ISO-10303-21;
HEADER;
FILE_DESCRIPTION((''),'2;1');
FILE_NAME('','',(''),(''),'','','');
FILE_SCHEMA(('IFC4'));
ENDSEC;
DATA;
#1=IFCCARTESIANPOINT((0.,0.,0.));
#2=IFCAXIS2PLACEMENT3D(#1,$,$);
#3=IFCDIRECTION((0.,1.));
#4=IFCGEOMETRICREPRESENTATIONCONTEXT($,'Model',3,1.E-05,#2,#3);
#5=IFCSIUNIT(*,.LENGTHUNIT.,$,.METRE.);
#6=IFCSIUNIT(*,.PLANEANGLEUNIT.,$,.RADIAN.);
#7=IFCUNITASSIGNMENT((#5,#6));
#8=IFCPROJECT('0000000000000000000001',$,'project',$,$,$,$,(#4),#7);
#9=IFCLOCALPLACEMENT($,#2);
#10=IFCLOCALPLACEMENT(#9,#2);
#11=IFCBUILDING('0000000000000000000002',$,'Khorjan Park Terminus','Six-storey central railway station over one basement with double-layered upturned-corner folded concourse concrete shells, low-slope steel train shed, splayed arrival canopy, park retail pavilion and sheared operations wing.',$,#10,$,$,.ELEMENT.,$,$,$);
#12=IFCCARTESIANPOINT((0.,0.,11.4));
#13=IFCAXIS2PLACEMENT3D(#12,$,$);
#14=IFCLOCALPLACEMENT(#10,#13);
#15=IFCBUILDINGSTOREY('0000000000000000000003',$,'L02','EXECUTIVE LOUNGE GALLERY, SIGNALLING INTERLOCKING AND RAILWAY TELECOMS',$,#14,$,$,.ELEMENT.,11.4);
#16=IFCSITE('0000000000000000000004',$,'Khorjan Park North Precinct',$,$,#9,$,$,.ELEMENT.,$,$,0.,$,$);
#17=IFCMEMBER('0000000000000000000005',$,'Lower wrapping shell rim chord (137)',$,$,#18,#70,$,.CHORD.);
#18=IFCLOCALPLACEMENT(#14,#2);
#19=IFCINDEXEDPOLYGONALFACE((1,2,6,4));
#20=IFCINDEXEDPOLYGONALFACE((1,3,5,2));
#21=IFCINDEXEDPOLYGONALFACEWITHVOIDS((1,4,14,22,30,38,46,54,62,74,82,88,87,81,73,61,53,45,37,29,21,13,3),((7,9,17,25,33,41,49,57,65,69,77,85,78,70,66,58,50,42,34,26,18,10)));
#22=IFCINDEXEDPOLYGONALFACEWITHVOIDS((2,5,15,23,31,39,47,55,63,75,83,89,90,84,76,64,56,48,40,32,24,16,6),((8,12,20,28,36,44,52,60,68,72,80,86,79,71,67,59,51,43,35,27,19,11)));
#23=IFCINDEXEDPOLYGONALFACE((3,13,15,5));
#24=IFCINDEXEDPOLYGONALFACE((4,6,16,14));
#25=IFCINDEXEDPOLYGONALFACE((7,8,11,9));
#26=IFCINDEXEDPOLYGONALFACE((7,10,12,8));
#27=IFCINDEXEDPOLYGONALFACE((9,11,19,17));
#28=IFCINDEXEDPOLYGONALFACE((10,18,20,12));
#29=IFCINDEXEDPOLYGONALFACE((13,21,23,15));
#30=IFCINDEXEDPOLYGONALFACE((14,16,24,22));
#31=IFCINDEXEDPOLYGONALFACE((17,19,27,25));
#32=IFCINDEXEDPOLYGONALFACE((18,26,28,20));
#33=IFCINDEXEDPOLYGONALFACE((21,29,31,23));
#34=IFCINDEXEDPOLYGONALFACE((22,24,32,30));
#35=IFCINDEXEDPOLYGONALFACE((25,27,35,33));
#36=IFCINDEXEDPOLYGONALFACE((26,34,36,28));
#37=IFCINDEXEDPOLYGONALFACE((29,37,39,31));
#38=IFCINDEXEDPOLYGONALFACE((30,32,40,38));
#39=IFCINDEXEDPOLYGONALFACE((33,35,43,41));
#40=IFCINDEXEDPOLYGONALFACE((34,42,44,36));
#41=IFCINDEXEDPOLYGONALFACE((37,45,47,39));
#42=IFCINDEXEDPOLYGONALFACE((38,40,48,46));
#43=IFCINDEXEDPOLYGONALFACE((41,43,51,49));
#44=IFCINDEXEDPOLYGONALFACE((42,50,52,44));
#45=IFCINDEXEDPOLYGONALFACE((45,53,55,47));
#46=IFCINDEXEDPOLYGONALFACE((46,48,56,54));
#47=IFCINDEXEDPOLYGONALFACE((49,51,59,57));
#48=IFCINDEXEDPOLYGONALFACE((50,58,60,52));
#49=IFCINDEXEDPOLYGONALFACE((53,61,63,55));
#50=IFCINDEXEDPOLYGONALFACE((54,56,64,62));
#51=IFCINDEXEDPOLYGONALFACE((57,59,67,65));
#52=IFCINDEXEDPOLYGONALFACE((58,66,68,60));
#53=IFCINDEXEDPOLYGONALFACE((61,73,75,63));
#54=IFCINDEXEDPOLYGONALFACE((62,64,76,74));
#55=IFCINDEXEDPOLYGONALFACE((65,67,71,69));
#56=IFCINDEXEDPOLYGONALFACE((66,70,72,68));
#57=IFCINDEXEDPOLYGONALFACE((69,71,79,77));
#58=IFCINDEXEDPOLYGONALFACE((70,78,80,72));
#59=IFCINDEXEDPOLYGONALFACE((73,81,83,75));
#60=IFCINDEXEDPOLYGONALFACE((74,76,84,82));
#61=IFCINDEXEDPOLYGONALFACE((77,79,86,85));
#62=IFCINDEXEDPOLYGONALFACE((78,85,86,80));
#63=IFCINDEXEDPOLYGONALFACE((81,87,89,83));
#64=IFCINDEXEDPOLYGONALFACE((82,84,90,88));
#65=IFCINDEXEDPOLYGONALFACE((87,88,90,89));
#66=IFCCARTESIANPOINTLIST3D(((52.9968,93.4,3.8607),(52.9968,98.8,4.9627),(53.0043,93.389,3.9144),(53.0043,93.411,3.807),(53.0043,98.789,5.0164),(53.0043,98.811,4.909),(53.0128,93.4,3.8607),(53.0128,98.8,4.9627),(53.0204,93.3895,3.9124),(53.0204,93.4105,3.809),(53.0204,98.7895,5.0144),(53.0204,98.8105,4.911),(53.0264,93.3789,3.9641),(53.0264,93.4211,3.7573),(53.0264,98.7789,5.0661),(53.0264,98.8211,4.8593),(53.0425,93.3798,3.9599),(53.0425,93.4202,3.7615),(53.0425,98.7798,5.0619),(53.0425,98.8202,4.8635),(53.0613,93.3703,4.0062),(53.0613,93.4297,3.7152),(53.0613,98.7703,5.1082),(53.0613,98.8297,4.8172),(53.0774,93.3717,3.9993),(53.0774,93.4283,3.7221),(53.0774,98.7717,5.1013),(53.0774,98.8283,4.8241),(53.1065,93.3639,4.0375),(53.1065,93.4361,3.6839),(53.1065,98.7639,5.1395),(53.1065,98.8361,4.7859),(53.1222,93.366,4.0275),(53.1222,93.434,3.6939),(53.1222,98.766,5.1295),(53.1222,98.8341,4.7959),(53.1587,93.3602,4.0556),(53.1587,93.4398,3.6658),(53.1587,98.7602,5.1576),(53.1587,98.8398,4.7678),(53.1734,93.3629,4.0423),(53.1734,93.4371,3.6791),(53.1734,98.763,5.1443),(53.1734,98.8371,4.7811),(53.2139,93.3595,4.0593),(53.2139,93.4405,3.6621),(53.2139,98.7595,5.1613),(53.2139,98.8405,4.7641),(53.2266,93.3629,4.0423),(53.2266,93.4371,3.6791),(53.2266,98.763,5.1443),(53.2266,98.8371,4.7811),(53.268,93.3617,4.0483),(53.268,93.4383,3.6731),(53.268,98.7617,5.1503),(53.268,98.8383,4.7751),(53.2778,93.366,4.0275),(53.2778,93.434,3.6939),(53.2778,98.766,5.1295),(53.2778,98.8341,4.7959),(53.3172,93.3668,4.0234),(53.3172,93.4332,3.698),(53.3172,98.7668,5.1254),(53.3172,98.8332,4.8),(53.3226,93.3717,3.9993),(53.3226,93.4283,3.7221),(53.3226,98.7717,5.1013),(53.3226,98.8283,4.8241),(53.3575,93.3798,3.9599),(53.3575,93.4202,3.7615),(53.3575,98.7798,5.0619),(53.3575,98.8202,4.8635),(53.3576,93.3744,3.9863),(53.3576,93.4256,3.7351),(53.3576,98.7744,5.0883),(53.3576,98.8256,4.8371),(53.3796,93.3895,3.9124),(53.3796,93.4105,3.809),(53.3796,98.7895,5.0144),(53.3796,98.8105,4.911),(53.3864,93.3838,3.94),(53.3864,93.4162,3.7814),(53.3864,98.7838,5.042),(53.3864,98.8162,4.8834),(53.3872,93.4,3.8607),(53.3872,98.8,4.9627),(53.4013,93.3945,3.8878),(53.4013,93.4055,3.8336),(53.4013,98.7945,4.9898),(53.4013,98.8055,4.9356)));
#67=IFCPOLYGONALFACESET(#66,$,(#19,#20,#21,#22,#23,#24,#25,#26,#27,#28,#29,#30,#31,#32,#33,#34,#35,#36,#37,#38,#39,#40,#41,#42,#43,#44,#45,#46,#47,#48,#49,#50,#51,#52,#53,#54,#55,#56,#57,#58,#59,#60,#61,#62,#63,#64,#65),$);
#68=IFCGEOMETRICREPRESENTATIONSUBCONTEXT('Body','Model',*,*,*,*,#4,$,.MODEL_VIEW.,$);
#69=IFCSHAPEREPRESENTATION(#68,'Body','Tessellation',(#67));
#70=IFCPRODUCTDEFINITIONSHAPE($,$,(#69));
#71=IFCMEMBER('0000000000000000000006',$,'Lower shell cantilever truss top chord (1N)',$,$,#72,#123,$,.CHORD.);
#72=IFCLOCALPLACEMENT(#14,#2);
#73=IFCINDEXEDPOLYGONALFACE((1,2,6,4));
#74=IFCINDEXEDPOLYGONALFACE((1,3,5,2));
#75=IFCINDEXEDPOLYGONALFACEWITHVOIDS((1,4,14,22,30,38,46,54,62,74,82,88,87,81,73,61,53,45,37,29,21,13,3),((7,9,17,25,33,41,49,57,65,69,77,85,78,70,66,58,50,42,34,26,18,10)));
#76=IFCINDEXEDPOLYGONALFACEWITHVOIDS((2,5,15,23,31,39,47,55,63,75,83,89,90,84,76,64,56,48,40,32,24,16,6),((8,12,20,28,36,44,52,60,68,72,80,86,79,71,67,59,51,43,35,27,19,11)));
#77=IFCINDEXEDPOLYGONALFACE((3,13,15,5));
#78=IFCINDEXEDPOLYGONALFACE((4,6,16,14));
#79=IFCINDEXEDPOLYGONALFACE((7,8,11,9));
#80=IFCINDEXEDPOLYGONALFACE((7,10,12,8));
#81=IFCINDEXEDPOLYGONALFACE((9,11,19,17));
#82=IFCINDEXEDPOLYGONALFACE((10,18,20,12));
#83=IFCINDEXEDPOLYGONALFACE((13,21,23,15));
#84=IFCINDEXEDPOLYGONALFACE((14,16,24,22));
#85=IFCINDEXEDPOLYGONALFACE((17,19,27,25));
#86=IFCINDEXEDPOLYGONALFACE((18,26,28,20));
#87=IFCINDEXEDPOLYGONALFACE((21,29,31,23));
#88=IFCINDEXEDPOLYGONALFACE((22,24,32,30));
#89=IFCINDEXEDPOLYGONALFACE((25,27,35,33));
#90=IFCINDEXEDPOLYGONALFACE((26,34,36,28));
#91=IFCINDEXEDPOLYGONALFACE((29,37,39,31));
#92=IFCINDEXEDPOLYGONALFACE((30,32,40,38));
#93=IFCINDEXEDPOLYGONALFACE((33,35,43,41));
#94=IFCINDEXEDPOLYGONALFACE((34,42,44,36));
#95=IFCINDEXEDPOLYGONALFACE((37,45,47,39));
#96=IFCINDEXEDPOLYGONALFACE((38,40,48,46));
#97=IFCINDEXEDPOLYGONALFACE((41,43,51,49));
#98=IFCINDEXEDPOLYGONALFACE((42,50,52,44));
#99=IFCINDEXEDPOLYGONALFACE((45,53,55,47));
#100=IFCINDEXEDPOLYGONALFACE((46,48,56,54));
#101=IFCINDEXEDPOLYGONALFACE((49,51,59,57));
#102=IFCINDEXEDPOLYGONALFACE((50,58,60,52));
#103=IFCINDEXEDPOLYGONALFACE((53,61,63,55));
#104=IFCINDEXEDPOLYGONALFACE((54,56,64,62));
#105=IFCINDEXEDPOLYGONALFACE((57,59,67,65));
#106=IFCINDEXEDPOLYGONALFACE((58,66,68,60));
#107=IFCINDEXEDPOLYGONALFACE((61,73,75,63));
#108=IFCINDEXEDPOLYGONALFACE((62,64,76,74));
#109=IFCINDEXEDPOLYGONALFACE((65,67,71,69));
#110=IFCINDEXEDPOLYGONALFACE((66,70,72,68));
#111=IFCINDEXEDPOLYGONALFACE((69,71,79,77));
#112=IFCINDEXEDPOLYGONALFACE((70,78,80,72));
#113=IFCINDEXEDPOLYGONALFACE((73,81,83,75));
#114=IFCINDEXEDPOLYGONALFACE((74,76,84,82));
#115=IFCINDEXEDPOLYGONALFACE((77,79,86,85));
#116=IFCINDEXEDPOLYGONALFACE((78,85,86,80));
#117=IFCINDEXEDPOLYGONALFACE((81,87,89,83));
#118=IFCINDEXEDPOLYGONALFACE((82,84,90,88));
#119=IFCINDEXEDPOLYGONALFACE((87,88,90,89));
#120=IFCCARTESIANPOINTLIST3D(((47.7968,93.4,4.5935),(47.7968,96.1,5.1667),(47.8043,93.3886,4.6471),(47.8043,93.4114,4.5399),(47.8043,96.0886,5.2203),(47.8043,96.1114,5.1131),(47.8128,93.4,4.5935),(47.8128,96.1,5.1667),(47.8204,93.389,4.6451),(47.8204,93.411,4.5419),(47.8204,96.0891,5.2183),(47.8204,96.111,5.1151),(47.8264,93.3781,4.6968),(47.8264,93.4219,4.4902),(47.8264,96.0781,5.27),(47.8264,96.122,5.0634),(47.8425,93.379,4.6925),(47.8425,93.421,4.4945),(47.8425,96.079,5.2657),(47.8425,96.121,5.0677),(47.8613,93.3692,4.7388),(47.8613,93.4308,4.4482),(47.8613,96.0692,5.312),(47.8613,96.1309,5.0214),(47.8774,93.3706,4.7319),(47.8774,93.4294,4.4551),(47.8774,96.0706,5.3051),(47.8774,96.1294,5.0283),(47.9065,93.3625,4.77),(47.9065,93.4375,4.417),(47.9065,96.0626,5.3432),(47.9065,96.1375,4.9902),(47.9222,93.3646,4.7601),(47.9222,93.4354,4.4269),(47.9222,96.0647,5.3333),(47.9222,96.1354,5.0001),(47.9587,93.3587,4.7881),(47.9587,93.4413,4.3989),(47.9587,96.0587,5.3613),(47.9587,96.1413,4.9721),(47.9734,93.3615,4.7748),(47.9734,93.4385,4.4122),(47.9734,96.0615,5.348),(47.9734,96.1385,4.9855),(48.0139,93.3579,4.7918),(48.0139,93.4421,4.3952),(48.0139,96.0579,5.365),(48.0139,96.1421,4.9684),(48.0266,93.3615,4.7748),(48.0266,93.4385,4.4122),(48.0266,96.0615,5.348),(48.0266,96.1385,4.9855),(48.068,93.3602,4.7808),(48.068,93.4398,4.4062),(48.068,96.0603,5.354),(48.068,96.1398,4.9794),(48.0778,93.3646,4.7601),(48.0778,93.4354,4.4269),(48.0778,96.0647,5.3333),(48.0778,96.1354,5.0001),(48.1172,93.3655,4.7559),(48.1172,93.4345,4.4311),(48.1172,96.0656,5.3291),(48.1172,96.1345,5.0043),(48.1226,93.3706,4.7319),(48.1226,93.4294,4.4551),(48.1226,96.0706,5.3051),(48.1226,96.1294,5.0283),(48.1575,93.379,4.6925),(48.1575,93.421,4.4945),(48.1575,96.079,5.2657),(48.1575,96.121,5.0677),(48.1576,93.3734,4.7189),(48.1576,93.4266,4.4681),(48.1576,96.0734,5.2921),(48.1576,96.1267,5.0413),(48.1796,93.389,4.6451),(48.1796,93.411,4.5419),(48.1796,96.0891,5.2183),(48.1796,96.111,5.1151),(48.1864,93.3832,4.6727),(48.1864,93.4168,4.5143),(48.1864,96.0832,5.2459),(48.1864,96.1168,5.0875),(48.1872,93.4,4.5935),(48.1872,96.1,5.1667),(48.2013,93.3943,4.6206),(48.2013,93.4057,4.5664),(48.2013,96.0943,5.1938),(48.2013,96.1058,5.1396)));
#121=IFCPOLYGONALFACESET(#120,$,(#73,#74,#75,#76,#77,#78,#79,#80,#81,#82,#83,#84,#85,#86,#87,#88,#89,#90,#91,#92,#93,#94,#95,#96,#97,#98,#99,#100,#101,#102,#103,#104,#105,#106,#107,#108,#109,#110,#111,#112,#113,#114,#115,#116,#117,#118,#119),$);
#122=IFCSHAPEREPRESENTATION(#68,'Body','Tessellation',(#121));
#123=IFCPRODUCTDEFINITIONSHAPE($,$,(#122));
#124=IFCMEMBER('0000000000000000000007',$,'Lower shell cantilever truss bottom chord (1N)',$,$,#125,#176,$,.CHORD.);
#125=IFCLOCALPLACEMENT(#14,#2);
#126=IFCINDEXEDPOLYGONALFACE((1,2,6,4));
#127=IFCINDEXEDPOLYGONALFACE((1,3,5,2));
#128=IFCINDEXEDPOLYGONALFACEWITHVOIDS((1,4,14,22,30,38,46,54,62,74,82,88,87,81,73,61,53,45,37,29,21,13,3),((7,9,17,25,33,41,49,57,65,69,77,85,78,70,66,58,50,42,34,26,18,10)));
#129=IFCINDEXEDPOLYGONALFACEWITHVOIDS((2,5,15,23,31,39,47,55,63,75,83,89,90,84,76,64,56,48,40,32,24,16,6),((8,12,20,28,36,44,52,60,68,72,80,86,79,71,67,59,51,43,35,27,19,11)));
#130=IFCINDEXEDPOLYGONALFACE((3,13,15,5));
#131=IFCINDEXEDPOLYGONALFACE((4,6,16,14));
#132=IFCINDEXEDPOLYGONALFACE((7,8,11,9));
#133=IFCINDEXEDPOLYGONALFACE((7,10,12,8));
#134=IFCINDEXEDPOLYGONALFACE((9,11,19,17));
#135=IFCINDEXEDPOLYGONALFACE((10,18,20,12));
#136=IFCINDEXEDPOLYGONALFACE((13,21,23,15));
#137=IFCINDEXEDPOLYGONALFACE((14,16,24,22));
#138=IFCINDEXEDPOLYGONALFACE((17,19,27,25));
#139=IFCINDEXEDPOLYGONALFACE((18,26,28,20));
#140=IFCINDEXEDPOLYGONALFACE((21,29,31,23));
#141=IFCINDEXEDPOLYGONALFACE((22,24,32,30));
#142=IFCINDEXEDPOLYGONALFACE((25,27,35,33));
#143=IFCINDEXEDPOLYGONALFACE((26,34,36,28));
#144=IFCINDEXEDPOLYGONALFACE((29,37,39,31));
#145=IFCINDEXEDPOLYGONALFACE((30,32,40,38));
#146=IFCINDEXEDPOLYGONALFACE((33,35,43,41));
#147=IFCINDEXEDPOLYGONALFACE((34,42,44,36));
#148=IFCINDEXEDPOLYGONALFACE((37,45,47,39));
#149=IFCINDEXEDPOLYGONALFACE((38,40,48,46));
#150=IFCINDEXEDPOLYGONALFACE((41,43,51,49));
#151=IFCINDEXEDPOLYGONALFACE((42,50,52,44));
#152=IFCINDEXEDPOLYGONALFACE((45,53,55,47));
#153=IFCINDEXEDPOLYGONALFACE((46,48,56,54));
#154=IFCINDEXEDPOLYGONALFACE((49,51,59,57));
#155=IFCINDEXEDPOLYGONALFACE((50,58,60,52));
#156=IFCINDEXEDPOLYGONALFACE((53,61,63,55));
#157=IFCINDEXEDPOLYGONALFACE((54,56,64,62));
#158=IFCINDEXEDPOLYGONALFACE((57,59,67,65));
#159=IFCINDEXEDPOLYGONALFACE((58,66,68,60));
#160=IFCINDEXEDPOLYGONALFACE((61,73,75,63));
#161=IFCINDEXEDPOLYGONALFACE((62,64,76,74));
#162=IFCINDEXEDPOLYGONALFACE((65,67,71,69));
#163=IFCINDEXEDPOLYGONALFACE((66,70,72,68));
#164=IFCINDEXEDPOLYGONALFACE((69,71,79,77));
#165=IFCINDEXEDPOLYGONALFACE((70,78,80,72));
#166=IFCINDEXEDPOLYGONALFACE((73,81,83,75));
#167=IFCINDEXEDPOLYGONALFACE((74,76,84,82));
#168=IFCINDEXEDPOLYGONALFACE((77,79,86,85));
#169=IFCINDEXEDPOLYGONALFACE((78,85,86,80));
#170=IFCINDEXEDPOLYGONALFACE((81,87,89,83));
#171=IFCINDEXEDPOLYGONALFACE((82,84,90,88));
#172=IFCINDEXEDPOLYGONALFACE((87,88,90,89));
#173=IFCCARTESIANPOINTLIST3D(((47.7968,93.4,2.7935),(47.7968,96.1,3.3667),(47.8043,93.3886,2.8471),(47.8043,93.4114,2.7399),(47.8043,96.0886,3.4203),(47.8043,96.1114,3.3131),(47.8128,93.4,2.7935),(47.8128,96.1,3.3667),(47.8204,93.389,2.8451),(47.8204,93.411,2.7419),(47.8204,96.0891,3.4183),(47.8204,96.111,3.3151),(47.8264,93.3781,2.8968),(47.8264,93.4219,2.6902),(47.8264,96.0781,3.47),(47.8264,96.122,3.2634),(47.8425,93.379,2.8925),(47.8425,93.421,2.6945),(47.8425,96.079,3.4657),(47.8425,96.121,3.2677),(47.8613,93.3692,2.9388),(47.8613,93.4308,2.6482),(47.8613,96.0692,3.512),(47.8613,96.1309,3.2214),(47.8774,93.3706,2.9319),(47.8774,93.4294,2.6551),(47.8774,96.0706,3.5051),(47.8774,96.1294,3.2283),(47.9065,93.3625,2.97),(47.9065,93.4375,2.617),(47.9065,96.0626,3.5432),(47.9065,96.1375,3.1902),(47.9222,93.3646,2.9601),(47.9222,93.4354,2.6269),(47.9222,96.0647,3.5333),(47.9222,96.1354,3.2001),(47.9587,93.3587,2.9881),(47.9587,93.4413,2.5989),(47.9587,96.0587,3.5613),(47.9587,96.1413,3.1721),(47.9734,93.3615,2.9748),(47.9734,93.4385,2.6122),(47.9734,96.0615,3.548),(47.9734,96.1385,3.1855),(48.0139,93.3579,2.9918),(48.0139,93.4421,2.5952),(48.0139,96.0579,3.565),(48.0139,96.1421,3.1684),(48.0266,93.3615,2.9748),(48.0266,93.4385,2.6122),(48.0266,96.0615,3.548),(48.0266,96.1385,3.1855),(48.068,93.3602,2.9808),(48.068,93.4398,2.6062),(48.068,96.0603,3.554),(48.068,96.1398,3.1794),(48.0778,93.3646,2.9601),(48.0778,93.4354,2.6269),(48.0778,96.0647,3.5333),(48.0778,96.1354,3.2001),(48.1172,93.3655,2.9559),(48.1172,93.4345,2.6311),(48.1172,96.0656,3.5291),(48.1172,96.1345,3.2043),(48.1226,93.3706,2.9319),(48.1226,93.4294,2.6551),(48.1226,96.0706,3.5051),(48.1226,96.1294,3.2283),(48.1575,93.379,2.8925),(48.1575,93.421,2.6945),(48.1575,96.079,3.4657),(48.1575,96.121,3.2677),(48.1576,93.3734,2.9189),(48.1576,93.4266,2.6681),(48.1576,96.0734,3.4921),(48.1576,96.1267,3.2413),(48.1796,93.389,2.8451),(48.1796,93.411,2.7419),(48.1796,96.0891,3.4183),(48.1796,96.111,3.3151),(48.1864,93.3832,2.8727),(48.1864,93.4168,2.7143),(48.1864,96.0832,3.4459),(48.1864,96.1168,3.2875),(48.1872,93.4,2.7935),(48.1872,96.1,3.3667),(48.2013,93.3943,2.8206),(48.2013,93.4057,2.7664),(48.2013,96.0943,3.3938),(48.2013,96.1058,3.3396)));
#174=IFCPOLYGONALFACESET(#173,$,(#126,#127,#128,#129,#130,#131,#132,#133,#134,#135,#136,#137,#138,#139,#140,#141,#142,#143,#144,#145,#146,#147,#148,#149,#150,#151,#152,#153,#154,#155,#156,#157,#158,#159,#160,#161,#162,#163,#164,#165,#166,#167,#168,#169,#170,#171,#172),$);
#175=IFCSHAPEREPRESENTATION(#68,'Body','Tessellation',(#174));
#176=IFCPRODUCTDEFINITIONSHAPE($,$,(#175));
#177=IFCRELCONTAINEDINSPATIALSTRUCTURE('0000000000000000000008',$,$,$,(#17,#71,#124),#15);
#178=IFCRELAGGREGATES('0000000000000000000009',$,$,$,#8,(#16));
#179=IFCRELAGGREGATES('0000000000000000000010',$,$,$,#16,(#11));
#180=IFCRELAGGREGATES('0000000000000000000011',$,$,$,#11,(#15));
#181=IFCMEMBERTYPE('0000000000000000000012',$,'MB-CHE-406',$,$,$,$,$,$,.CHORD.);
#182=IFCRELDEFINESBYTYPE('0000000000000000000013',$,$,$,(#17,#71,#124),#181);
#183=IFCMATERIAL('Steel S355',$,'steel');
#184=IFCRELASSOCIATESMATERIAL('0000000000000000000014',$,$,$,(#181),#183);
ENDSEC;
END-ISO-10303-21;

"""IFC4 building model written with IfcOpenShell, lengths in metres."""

from ifc_helpers import new_model, si_unit, direction, frame, origin, origin_2d, place, context, subcontext, project, spatial, hollow_circle, extrude, material, material_profile, profile_set, type_object, element, save


model = new_model("IFC4")

# Units and contexts
model_context = context("Model", 3, precision=1e-05, world=origin(), true_north=direction((0.0, 1.0)))
body_context = subcontext(model_context, "Body", "Model", "MODEL_VIEW")
ifc_project = project(units=[si_unit("LENGTHUNIT", "METRE"), si_unit("PLANEANGLEUNIT", "RADIAN")], contexts=[model_context])

# Site, building, storey
site_placement = place(None, origin())
site = spatial("IfcSite", under=ifc_project, at=site_placement, Name="Khorjan Park North Precinct", CompositionType="ELEMENT", RefElevation=0.0)
building_placement = place(site_placement, origin())
building = spatial("IfcBuilding", under=site, at=building_placement, Name="Khorjan Park Terminus", Description="Six-storey central railway station over one basement with double-layered upturned-corner folded concourse concrete shells, low-slope steel train shed, splayed arrival canopy, park retail pavilion and sheared operations wing.", CompositionType="ELEMENT")
storey_placement = place(building_placement, frame((0.0, 0.0, 11.4)))
storey = spatial("IfcBuildingStorey", under=building, at=storey_placement, Name="L02", Description="EXECUTIVE LOUNGE GALLERY, SIGNALLING INTERLOCKING AND RAILWAY TELECOMS", CompositionType="ELEMENT", Elevation=11.4)

# Members
ifc_material_1 = material(Name="Steel S355", Category="steel")
ifc_material_profile_1 = material_profile(ifc_material_1, hollow_circle(Radius=0.2032, WallThickness=0.016, at=origin_2d()), Name="CHS 406.4x16")
ifc_profile_set_1 = profile_set([ifc_material_profile_1], Name="Steel S355")
member_type_1 = type_object("IfcMemberType", Name="MB-CHE-406", PredefinedType="CHORD", material=ifc_profile_set_1)
member_1_placement = place(storey_placement, frame((53.2, 93.4, 3.8607), z_axis=(0.0, 0.979806, 0.199953), x_axis=(-1.0, 0.0, 0.0)))
element("IfcMember", 1, at=member_1_placement, inside=storey, type_object=member_type_1, Name="Lower wrapping shell rim chord (137)", PredefinedType="CHORD", context=body_context, shape_type="SweptSolid", body=[
    extrude(hollow_circle(Radius=0.2032, WallThickness=0.016, at=origin_2d()), origin(), (0.0, 0.0, 1.0), 5.5113),
])
for number, where, z_axis, x_axis, name in (
    (2, (48.0, 93.4, 4.5935), (0.0, 0.978199, 0.207668), (-1.0, 0.0, 0.0), "Lower shell cantilever truss top chord (1N)"),
    (3, (48.0, 93.4, 2.7935), (0.0, 0.978199, 0.207668), (-1.0, 0.0, 0.0), "Lower shell cantilever truss bottom chord (1N)"),
):
    element("IfcMember", number, at=place(storey_placement, frame(where, z_axis=z_axis, x_axis=x_axis)), inside=storey, type_object=member_type_1, Name=name, PredefinedType="CHORD", context=body_context, shape_type="SweptSolid", body=[
        extrude(hollow_circle(Radius=0.2032, WallThickness=0.016, at=origin_2d()), origin(), (0.0, 0.0, 1.0), 2.7602),
    ])

save(model, "model.ifc")
